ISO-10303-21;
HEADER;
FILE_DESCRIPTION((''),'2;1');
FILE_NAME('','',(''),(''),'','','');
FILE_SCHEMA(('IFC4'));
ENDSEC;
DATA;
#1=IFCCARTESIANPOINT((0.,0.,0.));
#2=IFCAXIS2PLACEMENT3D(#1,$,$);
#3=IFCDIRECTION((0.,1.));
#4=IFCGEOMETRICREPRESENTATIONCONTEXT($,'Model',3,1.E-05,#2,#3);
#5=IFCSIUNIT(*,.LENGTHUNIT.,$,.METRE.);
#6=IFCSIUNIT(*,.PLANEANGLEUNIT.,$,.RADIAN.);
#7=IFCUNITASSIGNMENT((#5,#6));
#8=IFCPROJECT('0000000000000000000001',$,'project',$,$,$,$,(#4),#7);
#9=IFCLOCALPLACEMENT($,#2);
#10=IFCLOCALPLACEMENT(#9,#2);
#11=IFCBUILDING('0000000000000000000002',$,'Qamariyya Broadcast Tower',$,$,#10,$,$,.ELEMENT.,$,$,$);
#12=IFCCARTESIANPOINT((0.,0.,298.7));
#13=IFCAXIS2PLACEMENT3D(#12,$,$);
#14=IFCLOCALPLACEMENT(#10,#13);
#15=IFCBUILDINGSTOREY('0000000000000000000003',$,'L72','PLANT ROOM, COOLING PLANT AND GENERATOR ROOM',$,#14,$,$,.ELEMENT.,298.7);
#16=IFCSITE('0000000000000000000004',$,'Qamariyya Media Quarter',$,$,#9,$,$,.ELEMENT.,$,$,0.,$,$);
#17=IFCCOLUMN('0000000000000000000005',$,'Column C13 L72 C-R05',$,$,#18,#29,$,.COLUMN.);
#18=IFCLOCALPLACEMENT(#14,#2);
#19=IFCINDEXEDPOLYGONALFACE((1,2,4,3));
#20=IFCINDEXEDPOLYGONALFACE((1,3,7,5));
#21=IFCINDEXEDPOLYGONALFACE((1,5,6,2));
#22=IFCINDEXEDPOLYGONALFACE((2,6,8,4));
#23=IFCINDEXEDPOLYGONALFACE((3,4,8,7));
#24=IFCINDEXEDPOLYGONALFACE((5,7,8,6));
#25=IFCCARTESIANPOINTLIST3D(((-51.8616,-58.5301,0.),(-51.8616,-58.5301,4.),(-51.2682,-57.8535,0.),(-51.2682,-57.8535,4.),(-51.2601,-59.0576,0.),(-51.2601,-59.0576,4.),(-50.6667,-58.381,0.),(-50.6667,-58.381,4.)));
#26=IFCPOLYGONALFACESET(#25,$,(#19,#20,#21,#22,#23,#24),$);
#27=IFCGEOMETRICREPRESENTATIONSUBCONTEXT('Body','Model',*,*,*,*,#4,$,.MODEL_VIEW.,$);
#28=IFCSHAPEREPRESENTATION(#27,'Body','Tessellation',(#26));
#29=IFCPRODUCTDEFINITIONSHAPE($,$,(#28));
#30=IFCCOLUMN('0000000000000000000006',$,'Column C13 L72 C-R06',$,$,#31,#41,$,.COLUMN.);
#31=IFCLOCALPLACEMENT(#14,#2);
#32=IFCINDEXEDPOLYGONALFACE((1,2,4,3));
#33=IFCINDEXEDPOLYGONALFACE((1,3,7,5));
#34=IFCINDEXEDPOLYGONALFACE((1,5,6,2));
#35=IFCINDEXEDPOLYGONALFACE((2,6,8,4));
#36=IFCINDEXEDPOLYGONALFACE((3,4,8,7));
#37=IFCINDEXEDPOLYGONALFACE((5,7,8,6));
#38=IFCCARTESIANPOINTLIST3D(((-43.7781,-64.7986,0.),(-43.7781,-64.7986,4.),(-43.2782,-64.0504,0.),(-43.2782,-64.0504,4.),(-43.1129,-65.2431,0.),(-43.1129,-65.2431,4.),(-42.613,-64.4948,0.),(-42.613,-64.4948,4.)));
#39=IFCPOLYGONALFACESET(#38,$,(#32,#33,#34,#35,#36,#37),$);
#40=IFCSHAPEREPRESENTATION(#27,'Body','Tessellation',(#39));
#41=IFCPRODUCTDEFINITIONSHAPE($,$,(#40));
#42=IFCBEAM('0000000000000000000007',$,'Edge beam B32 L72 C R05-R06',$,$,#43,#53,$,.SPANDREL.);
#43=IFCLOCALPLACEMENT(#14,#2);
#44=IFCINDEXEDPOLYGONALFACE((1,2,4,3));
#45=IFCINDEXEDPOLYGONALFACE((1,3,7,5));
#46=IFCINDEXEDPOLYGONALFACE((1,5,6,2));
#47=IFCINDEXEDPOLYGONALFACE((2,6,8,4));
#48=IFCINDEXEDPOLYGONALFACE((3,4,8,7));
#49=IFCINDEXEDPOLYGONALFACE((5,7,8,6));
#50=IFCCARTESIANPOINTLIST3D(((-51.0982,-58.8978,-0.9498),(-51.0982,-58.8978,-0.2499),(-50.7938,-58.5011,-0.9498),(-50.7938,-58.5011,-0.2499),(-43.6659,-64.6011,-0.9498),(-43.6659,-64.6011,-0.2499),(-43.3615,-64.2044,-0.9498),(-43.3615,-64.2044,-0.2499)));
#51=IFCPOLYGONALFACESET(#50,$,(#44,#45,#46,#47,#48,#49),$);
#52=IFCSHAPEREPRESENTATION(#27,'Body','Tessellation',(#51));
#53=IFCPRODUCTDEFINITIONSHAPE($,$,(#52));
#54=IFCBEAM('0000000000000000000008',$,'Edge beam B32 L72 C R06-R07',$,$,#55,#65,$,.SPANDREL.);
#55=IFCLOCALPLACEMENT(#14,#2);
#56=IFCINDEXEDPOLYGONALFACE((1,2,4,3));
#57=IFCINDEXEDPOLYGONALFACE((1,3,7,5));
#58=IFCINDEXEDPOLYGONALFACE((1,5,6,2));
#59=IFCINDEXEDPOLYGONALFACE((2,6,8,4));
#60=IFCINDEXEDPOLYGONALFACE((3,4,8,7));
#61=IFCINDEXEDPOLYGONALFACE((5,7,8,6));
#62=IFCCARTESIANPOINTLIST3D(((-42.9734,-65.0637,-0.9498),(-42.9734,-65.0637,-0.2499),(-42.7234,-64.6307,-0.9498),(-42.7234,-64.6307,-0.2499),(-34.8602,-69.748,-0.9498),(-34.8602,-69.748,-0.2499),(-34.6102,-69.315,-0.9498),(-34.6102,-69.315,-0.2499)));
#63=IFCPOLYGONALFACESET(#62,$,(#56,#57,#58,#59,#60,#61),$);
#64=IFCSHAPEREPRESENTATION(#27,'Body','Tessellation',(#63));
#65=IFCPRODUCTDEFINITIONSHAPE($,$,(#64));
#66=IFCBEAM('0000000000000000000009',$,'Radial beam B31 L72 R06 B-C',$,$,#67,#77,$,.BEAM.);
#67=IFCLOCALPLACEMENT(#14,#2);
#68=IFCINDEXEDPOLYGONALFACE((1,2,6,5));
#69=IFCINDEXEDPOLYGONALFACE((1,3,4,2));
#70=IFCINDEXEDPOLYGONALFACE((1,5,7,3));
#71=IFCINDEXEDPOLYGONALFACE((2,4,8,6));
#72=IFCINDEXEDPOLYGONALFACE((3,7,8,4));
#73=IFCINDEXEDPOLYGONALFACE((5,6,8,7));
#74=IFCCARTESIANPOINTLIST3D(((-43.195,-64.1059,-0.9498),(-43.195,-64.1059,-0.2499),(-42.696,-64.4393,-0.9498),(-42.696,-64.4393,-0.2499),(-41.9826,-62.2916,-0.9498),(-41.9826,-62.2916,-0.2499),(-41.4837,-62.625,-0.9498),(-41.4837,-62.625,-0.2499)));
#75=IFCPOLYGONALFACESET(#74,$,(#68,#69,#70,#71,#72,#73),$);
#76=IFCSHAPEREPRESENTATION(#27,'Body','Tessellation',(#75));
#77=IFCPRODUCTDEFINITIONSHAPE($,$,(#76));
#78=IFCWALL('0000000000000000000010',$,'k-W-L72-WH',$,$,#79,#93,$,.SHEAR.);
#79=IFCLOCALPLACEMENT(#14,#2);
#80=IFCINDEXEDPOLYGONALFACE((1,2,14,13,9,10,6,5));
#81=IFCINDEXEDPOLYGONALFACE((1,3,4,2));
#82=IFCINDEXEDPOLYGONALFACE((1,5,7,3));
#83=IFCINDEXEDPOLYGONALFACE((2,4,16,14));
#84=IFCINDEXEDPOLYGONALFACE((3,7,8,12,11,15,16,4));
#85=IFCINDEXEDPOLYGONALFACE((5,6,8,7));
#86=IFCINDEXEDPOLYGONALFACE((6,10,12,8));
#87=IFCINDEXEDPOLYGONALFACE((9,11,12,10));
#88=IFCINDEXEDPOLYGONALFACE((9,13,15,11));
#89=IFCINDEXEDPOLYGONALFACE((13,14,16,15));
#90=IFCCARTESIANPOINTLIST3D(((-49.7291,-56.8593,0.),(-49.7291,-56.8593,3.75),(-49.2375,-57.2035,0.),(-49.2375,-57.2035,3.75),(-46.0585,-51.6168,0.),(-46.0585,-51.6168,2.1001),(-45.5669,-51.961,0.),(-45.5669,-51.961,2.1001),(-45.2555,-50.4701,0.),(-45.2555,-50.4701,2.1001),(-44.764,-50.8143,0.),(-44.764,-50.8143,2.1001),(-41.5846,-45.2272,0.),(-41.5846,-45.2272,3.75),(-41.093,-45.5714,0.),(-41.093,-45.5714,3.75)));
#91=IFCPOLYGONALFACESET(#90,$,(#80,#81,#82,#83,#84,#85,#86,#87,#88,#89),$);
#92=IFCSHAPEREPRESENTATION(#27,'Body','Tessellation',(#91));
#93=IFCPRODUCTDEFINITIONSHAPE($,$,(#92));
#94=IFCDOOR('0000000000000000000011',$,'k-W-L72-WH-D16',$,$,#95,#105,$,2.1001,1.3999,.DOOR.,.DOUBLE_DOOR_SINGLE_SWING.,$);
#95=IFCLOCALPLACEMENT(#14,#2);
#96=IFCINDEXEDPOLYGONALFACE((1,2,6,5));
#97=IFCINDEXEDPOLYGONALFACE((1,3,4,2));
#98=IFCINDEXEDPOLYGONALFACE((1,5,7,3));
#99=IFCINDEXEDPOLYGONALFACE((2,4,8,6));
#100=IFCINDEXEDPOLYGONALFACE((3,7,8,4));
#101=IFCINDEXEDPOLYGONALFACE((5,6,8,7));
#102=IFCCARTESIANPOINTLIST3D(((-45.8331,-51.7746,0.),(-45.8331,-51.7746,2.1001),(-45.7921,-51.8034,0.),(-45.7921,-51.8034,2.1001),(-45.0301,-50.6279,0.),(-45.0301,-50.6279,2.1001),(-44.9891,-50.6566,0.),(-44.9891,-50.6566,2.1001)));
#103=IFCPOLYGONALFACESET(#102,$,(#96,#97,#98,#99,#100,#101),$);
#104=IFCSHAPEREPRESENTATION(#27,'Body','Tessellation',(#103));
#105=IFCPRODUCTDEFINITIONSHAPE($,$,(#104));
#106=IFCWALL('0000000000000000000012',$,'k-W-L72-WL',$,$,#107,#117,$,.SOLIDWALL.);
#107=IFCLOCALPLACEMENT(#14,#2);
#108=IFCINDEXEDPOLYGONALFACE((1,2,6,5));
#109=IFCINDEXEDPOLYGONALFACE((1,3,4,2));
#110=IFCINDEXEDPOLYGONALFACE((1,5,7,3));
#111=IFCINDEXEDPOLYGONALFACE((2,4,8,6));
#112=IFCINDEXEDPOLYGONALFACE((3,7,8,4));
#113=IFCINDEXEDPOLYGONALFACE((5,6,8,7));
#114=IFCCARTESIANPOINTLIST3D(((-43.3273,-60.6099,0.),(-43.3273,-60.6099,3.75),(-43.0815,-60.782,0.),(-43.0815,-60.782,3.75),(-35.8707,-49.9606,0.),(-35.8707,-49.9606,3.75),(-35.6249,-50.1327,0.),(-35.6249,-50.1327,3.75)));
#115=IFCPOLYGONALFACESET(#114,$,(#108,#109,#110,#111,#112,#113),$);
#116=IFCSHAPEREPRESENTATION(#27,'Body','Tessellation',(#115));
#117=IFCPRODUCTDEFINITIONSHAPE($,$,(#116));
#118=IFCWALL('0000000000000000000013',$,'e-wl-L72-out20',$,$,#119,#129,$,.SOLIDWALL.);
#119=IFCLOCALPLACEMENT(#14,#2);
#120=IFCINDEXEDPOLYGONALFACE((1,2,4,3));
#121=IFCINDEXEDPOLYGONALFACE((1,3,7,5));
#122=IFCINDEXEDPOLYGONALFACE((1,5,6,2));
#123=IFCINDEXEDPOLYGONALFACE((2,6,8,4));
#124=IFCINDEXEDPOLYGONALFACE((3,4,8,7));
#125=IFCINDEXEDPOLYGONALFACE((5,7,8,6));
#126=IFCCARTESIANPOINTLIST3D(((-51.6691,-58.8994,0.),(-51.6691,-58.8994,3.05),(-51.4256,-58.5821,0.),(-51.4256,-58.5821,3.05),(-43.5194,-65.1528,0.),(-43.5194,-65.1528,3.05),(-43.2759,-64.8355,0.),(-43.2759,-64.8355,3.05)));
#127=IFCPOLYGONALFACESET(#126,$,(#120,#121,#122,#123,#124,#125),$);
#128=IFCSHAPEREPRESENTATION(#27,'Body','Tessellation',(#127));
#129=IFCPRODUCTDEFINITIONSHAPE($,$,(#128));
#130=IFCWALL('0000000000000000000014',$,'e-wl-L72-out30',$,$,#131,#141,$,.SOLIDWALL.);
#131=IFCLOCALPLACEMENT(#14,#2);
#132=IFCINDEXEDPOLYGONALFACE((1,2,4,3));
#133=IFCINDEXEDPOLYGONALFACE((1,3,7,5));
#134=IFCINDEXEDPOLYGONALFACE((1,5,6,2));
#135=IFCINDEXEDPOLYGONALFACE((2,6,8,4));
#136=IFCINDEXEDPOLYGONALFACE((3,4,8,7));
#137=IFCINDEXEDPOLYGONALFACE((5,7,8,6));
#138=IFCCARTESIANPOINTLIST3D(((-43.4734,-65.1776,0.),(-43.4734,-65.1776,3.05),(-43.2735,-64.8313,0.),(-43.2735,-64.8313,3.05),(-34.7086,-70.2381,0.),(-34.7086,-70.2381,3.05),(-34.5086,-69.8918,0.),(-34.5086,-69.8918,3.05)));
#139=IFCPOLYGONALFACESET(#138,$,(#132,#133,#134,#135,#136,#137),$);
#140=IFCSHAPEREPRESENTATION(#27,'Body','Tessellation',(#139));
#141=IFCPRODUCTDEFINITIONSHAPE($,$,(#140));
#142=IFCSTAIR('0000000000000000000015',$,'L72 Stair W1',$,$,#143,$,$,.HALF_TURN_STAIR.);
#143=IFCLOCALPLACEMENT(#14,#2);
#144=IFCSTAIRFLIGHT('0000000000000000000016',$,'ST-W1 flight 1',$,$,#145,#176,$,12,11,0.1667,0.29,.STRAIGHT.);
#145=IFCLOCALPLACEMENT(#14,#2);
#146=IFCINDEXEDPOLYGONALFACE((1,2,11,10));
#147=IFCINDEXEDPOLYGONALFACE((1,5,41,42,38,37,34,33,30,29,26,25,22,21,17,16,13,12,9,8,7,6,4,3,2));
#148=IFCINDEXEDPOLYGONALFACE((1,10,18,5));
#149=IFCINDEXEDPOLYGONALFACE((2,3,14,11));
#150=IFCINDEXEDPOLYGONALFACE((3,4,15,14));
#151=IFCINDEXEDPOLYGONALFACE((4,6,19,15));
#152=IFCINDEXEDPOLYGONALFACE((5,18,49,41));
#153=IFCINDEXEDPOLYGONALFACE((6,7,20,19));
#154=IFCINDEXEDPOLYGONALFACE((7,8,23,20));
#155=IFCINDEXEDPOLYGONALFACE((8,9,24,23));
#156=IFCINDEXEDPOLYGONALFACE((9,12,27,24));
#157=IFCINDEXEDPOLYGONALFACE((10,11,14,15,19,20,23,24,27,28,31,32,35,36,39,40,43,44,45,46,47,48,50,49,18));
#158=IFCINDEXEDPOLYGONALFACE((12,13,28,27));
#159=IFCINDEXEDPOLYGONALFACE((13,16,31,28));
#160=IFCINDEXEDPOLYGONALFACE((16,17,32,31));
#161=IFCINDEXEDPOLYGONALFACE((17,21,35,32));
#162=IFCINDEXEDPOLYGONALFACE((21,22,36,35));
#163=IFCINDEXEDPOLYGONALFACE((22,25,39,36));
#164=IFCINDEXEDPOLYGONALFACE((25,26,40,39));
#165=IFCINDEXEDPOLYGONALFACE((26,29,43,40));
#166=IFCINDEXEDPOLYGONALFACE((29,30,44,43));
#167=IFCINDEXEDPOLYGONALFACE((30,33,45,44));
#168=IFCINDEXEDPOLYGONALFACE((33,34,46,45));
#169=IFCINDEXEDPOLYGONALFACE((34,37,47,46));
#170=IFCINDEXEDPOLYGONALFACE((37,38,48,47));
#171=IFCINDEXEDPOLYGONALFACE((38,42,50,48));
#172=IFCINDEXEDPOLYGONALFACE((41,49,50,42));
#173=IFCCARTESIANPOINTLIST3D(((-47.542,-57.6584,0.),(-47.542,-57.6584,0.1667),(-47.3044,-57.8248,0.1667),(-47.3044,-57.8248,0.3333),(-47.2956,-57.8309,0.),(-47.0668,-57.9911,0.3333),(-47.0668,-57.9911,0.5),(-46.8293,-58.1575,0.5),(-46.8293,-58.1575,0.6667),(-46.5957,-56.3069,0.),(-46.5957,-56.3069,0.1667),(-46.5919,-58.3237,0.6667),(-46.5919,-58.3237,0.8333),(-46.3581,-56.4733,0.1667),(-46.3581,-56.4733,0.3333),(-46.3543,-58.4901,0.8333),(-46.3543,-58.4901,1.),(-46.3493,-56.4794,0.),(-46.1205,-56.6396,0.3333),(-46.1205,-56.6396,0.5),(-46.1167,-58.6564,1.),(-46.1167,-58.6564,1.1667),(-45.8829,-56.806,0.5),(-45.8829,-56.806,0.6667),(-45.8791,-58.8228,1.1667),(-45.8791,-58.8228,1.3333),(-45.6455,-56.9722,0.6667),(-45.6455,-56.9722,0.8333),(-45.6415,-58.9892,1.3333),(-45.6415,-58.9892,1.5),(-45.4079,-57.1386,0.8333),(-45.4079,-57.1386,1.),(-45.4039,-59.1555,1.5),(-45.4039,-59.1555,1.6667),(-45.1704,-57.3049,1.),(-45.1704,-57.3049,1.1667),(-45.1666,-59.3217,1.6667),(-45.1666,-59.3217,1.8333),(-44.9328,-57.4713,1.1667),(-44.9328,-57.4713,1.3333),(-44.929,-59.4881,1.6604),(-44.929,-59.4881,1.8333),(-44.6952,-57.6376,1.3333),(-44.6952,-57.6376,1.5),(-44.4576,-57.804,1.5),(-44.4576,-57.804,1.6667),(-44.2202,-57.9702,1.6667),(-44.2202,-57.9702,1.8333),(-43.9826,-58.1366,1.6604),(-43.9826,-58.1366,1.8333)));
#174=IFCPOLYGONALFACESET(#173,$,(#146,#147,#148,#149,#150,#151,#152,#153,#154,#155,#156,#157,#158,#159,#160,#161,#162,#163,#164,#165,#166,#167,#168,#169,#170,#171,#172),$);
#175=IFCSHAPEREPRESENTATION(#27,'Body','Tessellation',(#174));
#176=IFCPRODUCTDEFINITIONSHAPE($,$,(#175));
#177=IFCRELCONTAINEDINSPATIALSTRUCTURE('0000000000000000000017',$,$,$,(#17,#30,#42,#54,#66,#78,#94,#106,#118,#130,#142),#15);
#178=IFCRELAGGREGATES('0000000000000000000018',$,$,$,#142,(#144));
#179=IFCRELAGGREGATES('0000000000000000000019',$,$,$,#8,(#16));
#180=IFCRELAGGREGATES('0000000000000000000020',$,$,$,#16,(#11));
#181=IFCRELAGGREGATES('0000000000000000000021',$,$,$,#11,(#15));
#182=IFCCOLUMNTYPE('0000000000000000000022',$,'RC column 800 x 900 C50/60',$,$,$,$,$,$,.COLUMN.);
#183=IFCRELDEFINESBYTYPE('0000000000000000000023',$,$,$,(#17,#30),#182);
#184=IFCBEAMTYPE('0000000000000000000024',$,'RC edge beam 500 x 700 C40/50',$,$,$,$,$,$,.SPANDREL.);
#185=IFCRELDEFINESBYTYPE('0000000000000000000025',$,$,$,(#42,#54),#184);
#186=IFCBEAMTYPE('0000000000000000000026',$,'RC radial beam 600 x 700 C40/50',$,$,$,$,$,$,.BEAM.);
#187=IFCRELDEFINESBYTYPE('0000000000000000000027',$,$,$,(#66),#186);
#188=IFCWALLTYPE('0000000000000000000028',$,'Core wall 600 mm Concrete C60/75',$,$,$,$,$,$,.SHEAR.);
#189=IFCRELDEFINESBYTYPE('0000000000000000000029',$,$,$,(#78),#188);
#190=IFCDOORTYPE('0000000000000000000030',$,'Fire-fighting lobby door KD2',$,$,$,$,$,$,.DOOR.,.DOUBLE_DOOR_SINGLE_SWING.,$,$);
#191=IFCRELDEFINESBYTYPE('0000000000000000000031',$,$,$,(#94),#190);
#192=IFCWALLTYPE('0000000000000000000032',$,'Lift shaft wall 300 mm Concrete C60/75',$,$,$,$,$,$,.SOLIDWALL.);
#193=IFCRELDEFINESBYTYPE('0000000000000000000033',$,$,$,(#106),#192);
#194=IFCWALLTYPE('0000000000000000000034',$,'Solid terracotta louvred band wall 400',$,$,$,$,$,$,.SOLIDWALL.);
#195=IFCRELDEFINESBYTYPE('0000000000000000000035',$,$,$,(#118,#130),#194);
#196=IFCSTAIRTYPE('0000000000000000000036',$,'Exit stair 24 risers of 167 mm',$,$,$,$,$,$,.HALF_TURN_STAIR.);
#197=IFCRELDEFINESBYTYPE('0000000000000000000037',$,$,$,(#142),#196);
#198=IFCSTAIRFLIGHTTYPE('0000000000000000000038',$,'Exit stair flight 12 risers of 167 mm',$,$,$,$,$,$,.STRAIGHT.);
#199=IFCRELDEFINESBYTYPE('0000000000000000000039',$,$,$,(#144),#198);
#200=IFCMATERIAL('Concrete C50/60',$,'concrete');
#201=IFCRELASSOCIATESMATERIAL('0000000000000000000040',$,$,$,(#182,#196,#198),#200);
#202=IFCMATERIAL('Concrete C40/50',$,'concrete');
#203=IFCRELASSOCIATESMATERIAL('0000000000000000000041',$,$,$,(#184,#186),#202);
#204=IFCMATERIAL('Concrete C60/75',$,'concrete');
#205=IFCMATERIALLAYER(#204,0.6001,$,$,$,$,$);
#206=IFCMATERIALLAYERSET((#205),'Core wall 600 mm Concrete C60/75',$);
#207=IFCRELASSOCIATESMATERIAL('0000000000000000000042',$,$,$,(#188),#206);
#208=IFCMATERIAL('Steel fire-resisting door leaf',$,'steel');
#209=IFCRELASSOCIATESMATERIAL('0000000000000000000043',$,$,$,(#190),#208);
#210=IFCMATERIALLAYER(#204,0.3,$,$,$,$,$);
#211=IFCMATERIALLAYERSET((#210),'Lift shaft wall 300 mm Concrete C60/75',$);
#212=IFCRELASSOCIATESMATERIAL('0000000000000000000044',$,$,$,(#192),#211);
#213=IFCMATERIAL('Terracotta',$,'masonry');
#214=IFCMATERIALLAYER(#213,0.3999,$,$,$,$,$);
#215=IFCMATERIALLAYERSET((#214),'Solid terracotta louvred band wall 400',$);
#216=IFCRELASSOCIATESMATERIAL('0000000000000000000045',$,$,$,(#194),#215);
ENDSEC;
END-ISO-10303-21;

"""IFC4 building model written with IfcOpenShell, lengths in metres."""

from ifc_helpers import new_model, si_unit, direction, frame, frame_2d, origin, origin_2d, place, context, subcontext, project, spatial, polyline, rectangle, outline, extrude, material, layer, layer_set, material_profile, profile_set, type_object, element, fill, aggregate, save


model = new_model("IFC4")

# Units and contexts
model_context = context("Model", 3, precision=1e-05, world=origin(), true_north=direction((0.0, 1.0)))
body_context = subcontext(model_context, "Body", "Model", "MODEL_VIEW")
ifc_project = project(units=[si_unit("LENGTHUNIT", "METRE"), si_unit("PLANEANGLEUNIT", "RADIAN")], contexts=[model_context])

# Site, building, storey
site_placement = place(None, origin())
site = spatial("IfcSite", under=ifc_project, at=site_placement, Name="Qamariyya Media Quarter", CompositionType="ELEMENT", RefElevation=0.0)
building_placement = place(site_placement, origin())
building = spatial("IfcBuilding", under=site, at=building_placement, Name="Qamariyya Broadcast Tower", CompositionType="ELEMENT")
storey_placement = place(building_placement, frame((0.0, 0.0, 298.7)))
storey = spatial("IfcBuildingStorey", under=building, at=storey_placement, Name="L72", Description="PLANT ROOM, COOLING PLANT AND GENERATOR ROOM", CompositionType="ELEMENT", Elevation=298.7)

# Columns
ifc_material_1 = material(Name="Concrete C50/60", Category="concrete")
ifc_material_profile_1 = material_profile(ifc_material_1, rectangle(XDim=0.8, YDim=0.8999, at=origin_2d()))
ifc_profile_set_1 = profile_set([ifc_material_profile_1], Name="Concrete C50/60")
column_type = type_object("IfcColumnType", Name="RC column 800 x 900 C50/60", PredefinedType="COLUMN", material=ifc_profile_set_1)
for number, where, z_axis, x_axis, name in (
    (1, (-51.2642, -58.4556, 0.0), (0.0, 0.0, 1.0), (0.75184, -0.659346, 0.0), "Column C13 L72 C-R05"),
    (2, (-43.1956, -64.6467, 0.0), (0.0, 0.0, 1.0), (0.83147, -0.55557, 0.0), "Column C13 L72 C-R06"),
):
    element("IfcColumn", number, at=place(storey_placement, frame(where, z_axis=z_axis, x_axis=x_axis)), inside=storey, type_object=column_type, Name=name, PredefinedType="COLUMN", context=body_context, shape_type="SweptSolid", body=[
        extrude(rectangle(XDim=0.8, YDim=0.8999, at=origin_2d()), origin(), (0.0, 0.0, 1.0), 4.0),
    ])

# Beams
ifc_material_2 = material(Name="Concrete C40/50", Category="concrete")
ifc_material_profile_2 = material_profile(ifc_material_2, rectangle(XDim=0.5, YDim=0.7, at=origin_2d()))
ifc_profile_set_2 = profile_set([ifc_material_profile_2], Name="Concrete C40/50")
beam_type_1 = type_object("IfcBeamType", Name="RC edge beam 500 x 700 C40/50", PredefinedType="SPANDREL", material=ifc_profile_set_2)
for number, where, z_axis, x_axis, name in (
    (3, (-50.946, -58.6995, -0.5999), (0.793337, -0.608782, 0.0), (0.608782, 0.793337, 0.0), "Edge beam B32 L72 C R05-R06"),
    (4, (-42.8484, -64.8472, -0.5999), (0.86602, -0.50001, 0.0), (0.50001, 0.86602, 0.0), "Edge beam B32 L72 C R06-R07"),
):
    element("IfcBeam", number, at=place(storey_placement, frame(where, z_axis=z_axis, x_axis=x_axis)), inside=storey, type_object=beam_type_1, Name=name, PredefinedType="SPANDREL", context=body_context, shape_type="SweptSolid", body=[
        extrude(rectangle(XDim=0.5, YDim=0.7, at=origin_2d()), origin(), (0.0, 0.0, 1.0), 9.3684),
    ])
ifc_material_profile_3 = material_profile(ifc_material_2, rectangle(XDim=0.6001, YDim=0.7, at=origin_2d()))
ifc_profile_set_3 = profile_set([ifc_material_profile_3], Name="Concrete C40/50")
beam_type_2 = type_object("IfcBeamType", Name="RC radial beam 600 x 700 C40/50", PredefinedType="BEAM", material=ifc_profile_set_3)
beam_placement = place(storey_placement, frame((-41.7332, -62.4583, -0.5999), z_axis=(-0.555578, -0.831465, 0.0), x_axis=(0.831465, -0.555578, 0.0)))
element("IfcBeam", 5, at=beam_placement, inside=storey, type_object=beam_type_2, Name="Radial beam B31 L72 R06 B-C", PredefinedType="BEAM", context=body_context, shape_type="SweptSolid", body=[
    extrude(rectangle(XDim=0.6001, YDim=0.7, at=origin_2d()), origin(), (0.0, 0.0, 1.0), 2.1821),
])

# Wall, opening, door
ifc_material_3 = material(Name="Concrete C60/75", Category="concrete")
ifc_layer_1 = layer(ifc_material_3, 0.6001)
ifc_layer_set_1 = layer_set([ifc_layer_1], Name="Core wall 600 mm Concrete C60/75")
wall_type_1 = type_object("IfcWallType", Name="Core wall 600 mm Concrete C60/75", PredefinedType="SHEAR", material=ifc_layer_set_1)
wall_1_placement = place(storey_placement, frame((-49.4834, -57.0315, 0.0), z_axis=(0.0, 0.0, 1.0), x_axis=(0.57356, 0.819163, 0.0)))
wall_1 = element("IfcWall", 6, at=wall_1_placement, inside=storey, type_object=wall_type_1, Name="k-W-L72-WH", PredefinedType="SHEAR", context=body_context, shape_type="SweptSolid", body=[
    extrude(rectangle(XDim=14.2, YDim=0.6001, at=frame_2d((7.1001, 0.0))), origin(), (0.0, 0.0, 1.0), 3.75),
])
opening_placement = place(wall_1_placement, frame((6.3999, 0.0, 0.0)))
opening = element("IfcOpeningElement", 7, at=opening_placement, cuts=wall_1, PredefinedType="OPENING", context=body_context, shape_type="SweptSolid", body=[
    extrude(rectangle(XDim=1.3999, YDim=2.1001, at=frame_2d((0.7, 1.05))), frame((0.0, 0.3101, 0.0), z_axis=(0.0, -1.0, 0.0), x_axis=(1.0, 0.0, 0.0)), (0.0, 0.0, 1.0), 0.6201),
])
ifc_material_4 = material(Name="Steel fire-resisting door leaf", Category="steel")
door_type = type_object("IfcDoorType", Name="Fire-fighting lobby door KD2", OperationType="DOUBLE_DOOR_SINGLE_SWING", PredefinedType="DOOR", material=ifc_material_4)
door_placement = place(opening_placement, origin())
door = element("IfcDoor", 8, at=door_placement, inside=storey, type_object=door_type, Name="k-W-L72-WH-D16", OperationType="DOUBLE_DOOR_SINGLE_SWING", OverallHeight=2.1001, OverallWidth=1.3999, PredefinedType="DOOR", context=body_context, shape_type="SweptSolid", body=[
    extrude(rectangle(XDim=1.3999, YDim=2.1001, at=frame_2d((0.7, 1.05))), frame((0.0, 0.0249, 0.0), z_axis=(0.0, -1.0, 0.0), x_axis=(1.0, 0.0, 0.0)), (0.0, 0.0, 1.0), 0.05),
])
fill(opening, door)

# Walls
ifc_layer_2 = layer(ifc_material_3, 0.3)
ifc_layer_set_2 = layer_set([ifc_layer_2], Name="Lift shaft wall 300 mm Concrete C60/75")
wall_type_2 = type_object("IfcWallType", Name="Lift shaft wall 300 mm Concrete C60/75", PredefinedType="SOLIDWALL", material=ifc_layer_set_2)
wall_2_placement = place(storey_placement, frame((-43.2043, -60.6958, 0.0), z_axis=(0.0, 0.0, 1.0), x_axis=(0.573572, 0.819155, 0.0)))
element("IfcWall", 9, at=wall_2_placement, inside=storey, type_object=wall_type_2, Name="k-W-L72-WL", PredefinedType="SOLIDWALL", context=body_context, shape_type="SweptSolid", body=[
    extrude(rectangle(XDim=13.0002, YDim=0.3, at=frame_2d((6.5, 0.0))), origin(), (0.0, 0.0, 1.0), 3.75),
])
ifc_material_5 = material(Name="Terracotta", Category="masonry")
ifc_layer_3 = layer(ifc_material_5, 0.3999)
ifc_layer_set_3 = layer_set([ifc_layer_3], Name="Solid terracotta louvred band wall 400")
wall_type_3 = type_object("IfcWallType", Name="Solid terracotta louvred band wall 400", PredefinedType="SOLIDWALL", material=ifc_layer_set_3)
wall_3_placement = place(storey_placement, frame((-51.5474, -58.7407, 0.0), z_axis=(0.0, 0.0, 1.0), x_axis=(0.793355, -0.608759, 0.0)))
element("IfcWall", 10, at=wall_3_placement, inside=storey, type_object=wall_type_3, Name="e-wl-L72-out20", PredefinedType="SOLIDWALL", context=body_context, shape_type="SweptSolid", body=[
    extrude(rectangle(XDim=10.2725, YDim=0.3999, at=frame_2d((5.1362, 0.0))), origin(), (0.0, 0.0, 1.0), 3.05),
])
wall_4_placement = place(storey_placement, frame((-43.3735, -65.0044, 0.0), z_axis=(0.0, 0.0, 1.0), x_axis=(0.86602, -0.50001, 0.0)))
element("IfcWall", 11, at=wall_4_placement, inside=storey, type_object=wall_type_3, Name="e-wl-L72-out30", PredefinedType="SOLIDWALL", context=body_context, shape_type="SweptSolid", body=[
    extrude(rectangle(XDim=10.1208, YDim=0.3999, at=frame_2d((5.0605, 0.0))), origin(), (0.0, 0.0, 1.0), 3.05),
])

# Stair, stair flight
stair_type = type_object("IfcStairType", Name="Exit stair 24 risers of 167 mm", PredefinedType="HALF_TURN_STAIR", material=ifc_material_1)
stair_placement = place(storey_placement, origin())
stair = element("IfcStair", 12, at=stair_placement, inside=storey, type_object=stair_type, Name="L72 Stair W1", PredefinedType="HALF_TURN_STAIR")
stair_flight_type = type_object("IfcStairFlightType", Name="Exit stair flight 12 risers of 167 mm", PredefinedType="STRAIGHT", material=ifc_material_1)
stair_flight_1_placement = place(storey_placement, frame((-47.0688, -56.9827, 0.0), z_axis=(0.0, 0.0, 1.0), x_axis=(0.819152, -0.573576, 0.0)))
stair_flight_1 = element("IfcStairFlight", 13, at=stair_flight_1_placement, type_object=stair_flight_type, Name="ST-W1 flight 1", NumberOfRisers=12, NumberOfTreads=11, PredefinedType="STRAIGHT", RiserHeight=0.1667, TreadLength=0.29, context=body_context, shape_type="SweptSolid", body=[
    extrude(outline(polyline([(0.0, 0.0), (0.0, 0.1667), (0.29, 0.1667), (0.29, 0.3333), (0.5801, 0.3333), (0.5801, 0.5), (0.8701, 0.5), (0.8701, 0.6667), (1.1599, 0.6667), (1.1599, 0.8333), (1.45, 0.8333), (1.45, 1.0), (1.74, 1.0), (1.74, 1.1667), (2.03, 1.1667), (2.03, 1.3333), (2.3201, 1.3333), (2.3201, 1.5), (2.6101, 1.5), (2.6101, 1.6667), (2.8999, 1.6667), (2.8999, 1.8333), (3.1899, 1.8333), (3.1899, 2.0), (3.1899, 1.6604), (0.3008, 0.0), (0.0, 0.0)])), frame((0.0, 0.825, 0.0), z_axis=(0.0, -1.0, 0.0), x_axis=(1.0, 0.0, 0.0)), (0.0, 0.0, 1.0), 1.6499),
])
aggregate(stair, [stair_flight_1])

save(model, "model.ifc")
